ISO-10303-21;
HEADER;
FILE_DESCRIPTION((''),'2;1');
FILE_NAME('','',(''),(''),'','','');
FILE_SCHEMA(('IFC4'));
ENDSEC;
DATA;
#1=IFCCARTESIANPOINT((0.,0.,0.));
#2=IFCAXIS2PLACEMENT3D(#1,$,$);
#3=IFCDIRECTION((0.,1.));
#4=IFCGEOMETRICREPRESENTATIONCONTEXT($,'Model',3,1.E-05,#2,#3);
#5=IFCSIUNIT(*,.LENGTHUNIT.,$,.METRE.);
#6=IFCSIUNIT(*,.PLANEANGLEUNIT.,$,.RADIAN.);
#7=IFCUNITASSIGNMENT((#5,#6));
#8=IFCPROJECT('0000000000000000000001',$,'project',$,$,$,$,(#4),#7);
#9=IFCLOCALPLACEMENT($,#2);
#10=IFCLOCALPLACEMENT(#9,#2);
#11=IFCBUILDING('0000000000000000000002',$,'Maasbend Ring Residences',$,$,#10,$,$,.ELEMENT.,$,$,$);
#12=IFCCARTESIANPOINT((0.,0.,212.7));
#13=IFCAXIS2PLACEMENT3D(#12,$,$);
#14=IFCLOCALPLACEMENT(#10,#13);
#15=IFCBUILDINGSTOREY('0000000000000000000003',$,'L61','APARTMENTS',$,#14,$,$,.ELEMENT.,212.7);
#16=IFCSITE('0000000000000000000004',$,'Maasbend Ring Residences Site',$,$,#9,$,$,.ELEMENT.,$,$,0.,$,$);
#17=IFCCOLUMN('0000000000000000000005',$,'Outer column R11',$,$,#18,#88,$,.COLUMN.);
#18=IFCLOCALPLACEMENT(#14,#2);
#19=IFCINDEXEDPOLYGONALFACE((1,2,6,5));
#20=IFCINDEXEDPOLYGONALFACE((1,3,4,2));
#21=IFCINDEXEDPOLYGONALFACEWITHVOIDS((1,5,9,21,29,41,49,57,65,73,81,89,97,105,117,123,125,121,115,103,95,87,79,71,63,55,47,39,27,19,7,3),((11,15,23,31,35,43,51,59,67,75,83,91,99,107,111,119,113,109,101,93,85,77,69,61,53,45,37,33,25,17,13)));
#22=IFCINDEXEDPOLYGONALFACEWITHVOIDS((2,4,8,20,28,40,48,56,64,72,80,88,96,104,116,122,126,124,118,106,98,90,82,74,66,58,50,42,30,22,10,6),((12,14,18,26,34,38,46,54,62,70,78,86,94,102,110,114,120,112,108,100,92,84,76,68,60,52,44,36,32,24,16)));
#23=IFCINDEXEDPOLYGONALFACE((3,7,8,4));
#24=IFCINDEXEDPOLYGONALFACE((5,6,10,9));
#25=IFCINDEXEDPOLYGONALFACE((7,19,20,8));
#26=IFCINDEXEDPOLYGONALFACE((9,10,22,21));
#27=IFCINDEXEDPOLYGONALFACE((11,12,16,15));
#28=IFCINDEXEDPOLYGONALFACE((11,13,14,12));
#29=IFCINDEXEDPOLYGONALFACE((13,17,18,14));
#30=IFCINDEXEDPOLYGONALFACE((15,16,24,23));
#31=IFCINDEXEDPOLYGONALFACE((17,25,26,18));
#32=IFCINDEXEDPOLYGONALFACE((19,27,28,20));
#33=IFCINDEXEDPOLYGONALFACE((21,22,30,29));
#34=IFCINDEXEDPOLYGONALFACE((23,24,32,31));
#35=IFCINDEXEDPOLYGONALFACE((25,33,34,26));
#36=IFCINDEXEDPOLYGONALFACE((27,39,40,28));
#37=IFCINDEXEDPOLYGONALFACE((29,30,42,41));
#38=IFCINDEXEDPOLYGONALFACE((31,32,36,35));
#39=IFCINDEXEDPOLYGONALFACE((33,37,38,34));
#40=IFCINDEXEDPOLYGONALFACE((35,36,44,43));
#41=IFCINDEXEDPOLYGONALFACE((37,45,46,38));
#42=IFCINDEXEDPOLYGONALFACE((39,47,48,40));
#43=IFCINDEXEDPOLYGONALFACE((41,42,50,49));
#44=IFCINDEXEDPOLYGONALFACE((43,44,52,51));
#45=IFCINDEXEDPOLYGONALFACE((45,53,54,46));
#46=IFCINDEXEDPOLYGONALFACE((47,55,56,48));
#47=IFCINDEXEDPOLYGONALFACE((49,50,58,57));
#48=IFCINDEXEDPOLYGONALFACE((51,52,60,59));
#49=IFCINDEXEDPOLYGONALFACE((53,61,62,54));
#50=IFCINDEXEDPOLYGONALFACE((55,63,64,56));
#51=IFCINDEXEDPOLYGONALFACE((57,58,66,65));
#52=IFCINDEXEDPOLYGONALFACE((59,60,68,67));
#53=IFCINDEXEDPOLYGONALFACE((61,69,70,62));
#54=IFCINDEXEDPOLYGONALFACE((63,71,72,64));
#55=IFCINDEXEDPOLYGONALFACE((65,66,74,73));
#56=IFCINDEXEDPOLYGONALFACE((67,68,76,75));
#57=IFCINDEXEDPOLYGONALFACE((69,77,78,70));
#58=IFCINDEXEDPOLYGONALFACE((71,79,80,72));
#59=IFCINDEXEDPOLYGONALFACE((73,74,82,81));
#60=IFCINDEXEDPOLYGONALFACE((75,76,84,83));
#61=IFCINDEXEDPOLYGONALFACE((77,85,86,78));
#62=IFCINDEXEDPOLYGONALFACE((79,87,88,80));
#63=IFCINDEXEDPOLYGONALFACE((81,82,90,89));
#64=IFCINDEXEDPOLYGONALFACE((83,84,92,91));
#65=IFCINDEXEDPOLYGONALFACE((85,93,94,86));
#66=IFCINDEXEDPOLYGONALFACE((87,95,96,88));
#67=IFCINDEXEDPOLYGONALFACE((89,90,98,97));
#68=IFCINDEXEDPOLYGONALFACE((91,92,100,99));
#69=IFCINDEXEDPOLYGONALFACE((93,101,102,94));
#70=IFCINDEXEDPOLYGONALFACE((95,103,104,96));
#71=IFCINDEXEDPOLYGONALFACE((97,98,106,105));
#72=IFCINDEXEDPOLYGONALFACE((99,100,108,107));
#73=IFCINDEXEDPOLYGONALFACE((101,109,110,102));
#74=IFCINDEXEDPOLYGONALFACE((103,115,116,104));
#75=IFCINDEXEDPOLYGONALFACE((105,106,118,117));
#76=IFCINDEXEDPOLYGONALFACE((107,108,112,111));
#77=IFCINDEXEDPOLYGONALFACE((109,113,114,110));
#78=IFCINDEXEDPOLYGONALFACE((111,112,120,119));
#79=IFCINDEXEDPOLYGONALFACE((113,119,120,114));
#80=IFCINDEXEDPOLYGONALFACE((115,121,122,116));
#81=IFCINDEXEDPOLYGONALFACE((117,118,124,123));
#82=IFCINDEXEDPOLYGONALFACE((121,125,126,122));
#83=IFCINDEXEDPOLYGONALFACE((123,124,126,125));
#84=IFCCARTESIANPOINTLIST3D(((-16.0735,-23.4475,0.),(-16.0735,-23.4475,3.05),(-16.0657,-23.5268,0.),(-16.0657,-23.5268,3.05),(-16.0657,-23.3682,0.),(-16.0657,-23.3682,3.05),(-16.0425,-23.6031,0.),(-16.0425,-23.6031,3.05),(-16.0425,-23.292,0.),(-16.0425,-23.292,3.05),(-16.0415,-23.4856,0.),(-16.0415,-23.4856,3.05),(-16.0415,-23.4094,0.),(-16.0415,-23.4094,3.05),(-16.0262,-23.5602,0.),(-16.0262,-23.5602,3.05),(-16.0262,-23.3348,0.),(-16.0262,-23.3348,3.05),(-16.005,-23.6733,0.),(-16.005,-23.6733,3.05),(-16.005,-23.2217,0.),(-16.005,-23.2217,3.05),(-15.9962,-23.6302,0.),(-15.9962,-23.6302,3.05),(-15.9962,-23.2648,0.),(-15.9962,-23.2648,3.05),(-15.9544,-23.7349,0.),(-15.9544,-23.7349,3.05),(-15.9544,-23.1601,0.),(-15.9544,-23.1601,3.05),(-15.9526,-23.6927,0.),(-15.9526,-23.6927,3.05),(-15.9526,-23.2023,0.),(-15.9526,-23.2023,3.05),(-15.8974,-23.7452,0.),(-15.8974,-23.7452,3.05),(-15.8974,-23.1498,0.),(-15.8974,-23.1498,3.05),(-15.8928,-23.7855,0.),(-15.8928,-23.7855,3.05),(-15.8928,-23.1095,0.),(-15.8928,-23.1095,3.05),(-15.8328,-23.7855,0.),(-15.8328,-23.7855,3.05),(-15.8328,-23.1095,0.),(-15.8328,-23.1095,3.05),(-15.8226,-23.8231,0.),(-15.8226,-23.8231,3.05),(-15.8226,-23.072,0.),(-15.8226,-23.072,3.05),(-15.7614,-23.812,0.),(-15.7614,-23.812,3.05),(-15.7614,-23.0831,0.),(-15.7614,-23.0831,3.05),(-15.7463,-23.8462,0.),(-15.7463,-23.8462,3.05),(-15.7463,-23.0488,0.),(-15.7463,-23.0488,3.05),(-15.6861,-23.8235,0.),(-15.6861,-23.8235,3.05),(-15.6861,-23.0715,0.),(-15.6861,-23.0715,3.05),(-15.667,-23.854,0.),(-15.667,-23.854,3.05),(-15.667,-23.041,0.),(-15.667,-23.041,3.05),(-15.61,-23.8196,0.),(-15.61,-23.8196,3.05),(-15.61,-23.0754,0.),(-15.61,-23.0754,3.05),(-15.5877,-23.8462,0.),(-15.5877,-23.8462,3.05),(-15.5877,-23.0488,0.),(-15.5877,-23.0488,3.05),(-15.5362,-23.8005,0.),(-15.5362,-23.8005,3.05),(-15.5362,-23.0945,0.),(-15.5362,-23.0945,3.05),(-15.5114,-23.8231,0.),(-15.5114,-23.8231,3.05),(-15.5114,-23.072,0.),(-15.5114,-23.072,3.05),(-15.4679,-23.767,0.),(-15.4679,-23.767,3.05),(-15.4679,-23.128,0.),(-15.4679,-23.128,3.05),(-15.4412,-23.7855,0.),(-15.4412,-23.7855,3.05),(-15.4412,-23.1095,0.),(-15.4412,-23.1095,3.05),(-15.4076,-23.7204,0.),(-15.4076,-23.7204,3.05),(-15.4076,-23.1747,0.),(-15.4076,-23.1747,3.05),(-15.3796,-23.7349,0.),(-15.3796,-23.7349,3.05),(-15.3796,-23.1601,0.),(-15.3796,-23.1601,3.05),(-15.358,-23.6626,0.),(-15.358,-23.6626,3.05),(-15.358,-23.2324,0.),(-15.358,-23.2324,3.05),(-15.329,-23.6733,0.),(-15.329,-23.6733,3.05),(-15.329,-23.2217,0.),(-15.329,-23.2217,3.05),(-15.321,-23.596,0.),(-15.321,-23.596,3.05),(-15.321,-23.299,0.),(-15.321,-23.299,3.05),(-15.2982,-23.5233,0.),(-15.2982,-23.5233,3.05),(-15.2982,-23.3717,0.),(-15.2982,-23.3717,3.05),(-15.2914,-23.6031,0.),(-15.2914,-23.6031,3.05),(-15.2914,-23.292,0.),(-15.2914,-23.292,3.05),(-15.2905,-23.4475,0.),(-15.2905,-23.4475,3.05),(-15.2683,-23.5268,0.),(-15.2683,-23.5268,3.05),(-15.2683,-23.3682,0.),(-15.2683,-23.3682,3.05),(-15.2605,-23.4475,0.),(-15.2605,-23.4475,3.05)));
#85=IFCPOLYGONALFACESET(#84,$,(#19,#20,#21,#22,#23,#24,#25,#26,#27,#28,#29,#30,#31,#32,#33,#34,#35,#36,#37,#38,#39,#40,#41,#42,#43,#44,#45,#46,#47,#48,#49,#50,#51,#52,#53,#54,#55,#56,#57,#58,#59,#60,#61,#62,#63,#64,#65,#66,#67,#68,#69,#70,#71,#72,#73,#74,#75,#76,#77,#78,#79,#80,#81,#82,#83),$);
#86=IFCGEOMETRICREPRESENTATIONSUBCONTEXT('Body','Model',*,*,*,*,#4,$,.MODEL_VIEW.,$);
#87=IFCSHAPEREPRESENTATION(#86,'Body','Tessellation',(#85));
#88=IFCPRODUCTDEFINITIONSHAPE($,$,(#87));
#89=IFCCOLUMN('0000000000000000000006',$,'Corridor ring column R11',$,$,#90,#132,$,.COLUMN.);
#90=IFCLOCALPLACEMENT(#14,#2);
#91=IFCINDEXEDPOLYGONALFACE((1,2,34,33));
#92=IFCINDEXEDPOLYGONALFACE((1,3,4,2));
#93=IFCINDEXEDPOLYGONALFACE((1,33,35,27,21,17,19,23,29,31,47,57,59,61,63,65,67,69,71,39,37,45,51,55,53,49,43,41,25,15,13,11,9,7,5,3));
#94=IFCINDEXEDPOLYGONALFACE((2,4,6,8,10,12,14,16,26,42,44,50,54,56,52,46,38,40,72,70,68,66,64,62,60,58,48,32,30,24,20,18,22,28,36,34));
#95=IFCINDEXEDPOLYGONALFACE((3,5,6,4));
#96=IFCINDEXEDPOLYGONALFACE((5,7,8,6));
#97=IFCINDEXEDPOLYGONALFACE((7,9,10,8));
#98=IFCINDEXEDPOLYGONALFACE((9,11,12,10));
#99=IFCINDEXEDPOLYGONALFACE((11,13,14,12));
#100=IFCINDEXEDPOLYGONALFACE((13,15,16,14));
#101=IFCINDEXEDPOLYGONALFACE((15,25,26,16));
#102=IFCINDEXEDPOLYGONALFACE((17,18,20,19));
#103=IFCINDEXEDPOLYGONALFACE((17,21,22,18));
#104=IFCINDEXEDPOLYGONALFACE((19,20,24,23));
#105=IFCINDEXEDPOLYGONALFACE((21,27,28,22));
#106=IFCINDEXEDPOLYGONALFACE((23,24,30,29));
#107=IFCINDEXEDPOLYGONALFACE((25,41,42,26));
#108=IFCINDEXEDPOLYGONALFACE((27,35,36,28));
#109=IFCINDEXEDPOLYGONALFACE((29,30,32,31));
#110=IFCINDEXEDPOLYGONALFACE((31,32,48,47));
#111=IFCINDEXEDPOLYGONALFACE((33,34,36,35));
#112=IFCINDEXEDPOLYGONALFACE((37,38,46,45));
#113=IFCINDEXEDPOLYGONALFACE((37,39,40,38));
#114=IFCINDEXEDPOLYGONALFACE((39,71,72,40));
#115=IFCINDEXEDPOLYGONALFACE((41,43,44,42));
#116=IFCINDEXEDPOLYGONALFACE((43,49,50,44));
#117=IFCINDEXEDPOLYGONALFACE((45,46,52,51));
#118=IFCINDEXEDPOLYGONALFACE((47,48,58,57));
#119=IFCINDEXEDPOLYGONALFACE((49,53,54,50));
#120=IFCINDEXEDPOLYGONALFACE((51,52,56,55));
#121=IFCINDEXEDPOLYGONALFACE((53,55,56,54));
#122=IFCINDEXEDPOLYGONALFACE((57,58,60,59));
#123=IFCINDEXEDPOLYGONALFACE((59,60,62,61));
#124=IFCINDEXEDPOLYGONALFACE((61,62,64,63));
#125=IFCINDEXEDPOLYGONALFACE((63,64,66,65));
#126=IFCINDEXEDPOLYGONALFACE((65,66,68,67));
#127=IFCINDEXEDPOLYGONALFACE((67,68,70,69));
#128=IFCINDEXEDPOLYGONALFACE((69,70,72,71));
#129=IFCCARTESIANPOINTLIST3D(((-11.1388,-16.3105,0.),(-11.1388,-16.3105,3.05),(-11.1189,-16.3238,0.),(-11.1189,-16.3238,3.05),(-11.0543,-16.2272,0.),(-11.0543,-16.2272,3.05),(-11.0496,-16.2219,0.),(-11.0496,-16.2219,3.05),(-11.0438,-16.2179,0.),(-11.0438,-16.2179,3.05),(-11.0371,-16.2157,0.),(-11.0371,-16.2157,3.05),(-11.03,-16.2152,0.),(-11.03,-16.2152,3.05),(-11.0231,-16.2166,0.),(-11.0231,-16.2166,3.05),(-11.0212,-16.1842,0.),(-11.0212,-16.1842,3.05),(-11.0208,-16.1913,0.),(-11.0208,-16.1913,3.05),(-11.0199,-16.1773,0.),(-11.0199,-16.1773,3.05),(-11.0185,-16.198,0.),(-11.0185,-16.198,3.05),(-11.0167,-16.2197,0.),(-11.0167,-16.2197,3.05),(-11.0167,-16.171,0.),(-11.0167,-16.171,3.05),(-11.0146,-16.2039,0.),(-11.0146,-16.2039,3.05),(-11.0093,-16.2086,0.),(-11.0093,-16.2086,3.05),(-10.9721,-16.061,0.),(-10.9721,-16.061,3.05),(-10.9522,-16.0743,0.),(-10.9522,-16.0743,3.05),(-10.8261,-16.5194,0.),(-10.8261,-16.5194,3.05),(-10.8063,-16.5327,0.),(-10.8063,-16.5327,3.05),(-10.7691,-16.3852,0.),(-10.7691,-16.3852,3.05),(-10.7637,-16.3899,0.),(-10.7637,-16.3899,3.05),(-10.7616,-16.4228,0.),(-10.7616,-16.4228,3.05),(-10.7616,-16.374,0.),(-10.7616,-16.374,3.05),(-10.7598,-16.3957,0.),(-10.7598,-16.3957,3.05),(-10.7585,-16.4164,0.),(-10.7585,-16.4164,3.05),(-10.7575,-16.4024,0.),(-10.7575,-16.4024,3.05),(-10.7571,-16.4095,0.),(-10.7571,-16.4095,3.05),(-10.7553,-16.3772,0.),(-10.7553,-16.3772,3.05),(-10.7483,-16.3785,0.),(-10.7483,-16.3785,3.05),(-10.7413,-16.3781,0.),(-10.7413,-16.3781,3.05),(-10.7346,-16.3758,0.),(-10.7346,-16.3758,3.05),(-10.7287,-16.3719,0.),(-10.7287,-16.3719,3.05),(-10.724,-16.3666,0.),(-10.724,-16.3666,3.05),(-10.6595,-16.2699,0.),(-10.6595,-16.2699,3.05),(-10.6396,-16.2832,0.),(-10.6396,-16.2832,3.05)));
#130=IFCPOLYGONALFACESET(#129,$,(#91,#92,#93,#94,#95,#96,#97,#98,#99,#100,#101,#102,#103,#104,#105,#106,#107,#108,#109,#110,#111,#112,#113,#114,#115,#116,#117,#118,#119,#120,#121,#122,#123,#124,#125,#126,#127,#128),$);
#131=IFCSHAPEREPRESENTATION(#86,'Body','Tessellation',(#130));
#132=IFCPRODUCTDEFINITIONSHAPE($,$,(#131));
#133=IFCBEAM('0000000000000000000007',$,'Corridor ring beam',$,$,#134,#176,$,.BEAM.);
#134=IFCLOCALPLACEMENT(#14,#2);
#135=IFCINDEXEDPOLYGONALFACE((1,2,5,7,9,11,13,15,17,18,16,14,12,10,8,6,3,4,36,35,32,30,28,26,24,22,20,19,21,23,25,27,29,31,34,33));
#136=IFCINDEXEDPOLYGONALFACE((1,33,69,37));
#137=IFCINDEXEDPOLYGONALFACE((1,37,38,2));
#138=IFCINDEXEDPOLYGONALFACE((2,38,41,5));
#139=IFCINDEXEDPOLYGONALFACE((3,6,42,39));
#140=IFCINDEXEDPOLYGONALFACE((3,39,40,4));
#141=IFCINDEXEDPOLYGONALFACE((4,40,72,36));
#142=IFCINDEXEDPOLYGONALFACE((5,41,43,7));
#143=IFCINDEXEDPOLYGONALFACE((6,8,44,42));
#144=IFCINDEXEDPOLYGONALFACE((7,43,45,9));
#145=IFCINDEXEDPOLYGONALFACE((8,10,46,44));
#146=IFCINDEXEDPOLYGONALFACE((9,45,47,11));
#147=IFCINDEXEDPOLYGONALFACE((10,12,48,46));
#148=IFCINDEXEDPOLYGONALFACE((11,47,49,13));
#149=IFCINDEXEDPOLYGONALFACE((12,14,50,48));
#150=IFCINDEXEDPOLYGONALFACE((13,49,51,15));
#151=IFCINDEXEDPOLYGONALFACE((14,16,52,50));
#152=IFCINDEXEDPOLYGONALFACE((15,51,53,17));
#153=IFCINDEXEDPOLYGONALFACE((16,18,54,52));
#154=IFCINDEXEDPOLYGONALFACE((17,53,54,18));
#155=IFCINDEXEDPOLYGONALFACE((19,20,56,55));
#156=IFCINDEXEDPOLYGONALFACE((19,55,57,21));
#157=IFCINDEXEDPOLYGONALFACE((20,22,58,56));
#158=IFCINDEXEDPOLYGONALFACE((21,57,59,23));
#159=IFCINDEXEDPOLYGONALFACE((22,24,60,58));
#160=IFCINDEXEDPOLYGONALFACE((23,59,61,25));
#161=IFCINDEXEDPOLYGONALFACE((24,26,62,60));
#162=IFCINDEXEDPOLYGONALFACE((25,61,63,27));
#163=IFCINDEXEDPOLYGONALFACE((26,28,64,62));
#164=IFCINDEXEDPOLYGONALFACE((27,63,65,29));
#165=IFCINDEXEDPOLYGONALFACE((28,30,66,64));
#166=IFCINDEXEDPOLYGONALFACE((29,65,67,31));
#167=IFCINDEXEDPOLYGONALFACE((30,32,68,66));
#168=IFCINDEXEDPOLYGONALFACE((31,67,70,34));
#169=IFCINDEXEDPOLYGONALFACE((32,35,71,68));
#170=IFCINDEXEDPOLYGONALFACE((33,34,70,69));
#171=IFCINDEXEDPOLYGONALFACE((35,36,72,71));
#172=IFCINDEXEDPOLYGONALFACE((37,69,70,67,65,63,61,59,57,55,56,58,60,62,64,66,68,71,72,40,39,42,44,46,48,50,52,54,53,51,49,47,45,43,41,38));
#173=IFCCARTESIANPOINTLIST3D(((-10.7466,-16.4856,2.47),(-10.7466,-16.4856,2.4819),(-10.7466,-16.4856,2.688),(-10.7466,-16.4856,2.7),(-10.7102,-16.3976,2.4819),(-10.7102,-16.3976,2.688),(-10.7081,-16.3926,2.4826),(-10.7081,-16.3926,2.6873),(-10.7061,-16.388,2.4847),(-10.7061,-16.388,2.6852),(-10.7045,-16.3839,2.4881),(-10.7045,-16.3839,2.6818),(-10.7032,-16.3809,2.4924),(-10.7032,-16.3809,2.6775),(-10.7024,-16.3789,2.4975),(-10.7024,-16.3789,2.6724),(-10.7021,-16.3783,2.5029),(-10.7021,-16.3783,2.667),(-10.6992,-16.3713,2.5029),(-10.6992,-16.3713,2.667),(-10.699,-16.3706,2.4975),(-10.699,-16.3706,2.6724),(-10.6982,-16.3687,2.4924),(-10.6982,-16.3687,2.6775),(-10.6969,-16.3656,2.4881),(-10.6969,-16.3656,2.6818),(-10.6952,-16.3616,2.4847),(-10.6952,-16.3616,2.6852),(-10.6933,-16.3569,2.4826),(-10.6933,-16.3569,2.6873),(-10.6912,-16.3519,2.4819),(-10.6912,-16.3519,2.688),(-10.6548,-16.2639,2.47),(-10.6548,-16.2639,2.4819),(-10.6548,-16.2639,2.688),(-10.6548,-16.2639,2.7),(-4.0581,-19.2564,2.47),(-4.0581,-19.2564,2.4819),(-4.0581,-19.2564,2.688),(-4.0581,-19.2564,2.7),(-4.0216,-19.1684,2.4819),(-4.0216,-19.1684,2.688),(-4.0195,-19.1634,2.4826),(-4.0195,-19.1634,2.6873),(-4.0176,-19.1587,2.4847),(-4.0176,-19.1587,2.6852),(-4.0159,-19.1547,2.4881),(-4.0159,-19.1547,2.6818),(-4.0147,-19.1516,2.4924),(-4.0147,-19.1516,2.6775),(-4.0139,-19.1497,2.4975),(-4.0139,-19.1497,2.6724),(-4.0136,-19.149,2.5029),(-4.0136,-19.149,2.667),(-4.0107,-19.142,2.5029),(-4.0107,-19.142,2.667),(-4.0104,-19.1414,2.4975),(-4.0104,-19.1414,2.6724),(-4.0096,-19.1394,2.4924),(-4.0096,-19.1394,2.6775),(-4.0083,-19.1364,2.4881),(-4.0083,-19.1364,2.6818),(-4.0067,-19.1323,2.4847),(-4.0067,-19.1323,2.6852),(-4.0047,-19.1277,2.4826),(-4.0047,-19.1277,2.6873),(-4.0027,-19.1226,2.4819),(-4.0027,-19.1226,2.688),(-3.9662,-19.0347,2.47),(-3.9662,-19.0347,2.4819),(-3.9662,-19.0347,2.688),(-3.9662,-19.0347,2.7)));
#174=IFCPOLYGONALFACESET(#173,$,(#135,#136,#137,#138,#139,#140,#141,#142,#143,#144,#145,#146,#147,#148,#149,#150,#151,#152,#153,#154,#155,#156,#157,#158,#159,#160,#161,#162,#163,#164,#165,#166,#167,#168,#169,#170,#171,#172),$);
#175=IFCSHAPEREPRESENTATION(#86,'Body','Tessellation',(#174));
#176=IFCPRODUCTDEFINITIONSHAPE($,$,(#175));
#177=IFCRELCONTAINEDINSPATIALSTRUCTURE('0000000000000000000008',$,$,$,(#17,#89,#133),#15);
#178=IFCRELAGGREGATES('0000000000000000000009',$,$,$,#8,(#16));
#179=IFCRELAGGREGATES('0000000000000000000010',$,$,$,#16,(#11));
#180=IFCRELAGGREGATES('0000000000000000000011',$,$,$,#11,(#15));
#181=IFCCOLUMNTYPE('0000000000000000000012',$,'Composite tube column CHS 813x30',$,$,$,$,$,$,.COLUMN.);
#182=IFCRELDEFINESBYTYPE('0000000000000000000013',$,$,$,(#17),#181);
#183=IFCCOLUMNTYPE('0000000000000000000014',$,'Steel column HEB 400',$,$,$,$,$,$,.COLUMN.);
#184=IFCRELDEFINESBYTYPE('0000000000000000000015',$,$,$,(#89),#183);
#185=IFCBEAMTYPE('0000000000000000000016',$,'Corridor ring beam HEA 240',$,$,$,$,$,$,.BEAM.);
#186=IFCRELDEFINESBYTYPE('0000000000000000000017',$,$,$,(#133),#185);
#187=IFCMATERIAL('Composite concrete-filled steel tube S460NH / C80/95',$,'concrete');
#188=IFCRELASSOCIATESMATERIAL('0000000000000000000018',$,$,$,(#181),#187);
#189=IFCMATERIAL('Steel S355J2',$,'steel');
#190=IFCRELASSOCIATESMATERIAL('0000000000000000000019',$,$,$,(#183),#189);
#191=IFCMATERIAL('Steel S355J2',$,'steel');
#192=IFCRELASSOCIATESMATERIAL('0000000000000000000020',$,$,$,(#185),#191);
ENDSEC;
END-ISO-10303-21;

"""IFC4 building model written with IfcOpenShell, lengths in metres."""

from ifc_helpers import new_model, si_unit, direction, frame, origin, origin_2d, place, context, subcontext, project, spatial, hollow_circle, i_section, extrude, material, material_profile, profile_set, type_object, element, save


model = new_model("IFC4")

# Units and contexts
model_context = context("Model", 3, precision=1e-05, world=origin(), true_north=direction((0.0, 1.0)))
body_context = subcontext(model_context, "Body", "Model", "MODEL_VIEW")
ifc_project = project(units=[si_unit("LENGTHUNIT", "METRE"), si_unit("PLANEANGLEUNIT", "RADIAN")], contexts=[model_context])

# Site, building, storey
site_placement = place(None, origin())
site = spatial("IfcSite", under=ifc_project, at=site_placement, Name="Maasbend Ring Residences Site", CompositionType="ELEMENT", RefElevation=0.0)
building_placement = place(site_placement, origin())
building = spatial("IfcBuilding", under=site, at=building_placement, Name="Maasbend Ring Residences", CompositionType="ELEMENT")
storey_placement = place(building_placement, frame((0.0, 0.0, 212.7)))
storey = spatial("IfcBuildingStorey", under=building, at=storey_placement, Name="L61", Description="APARTMENTS", CompositionType="ELEMENT", Elevation=212.7)

# Columns
ifc_material_1 = material(Name="Composite concrete-filled steel tube S460NH / C80/95", Category="concrete")
ifc_material_profile_1 = material_profile(ifc_material_1, hollow_circle(Radius=0.4065, WallThickness=0.03, at=origin_2d()), Name="Composite tube column CHS 813x30")
ifc_profile_set_1 = profile_set([ifc_material_profile_1], Name="Composite concrete-filled steel tube S460NH / C80/95")
column_type_1 = type_object("IfcColumnType", Name="Composite tube column CHS 813x30", PredefinedType="COLUMN", material=ifc_profile_set_1)
column_1_placement = place(storey_placement, frame((-15.667, -23.4475, 0.0), z_axis=(0.0, 0.0, 1.0), x_axis=(1.0, 0.0, 0.0)))
element("IfcColumn", 1, at=column_1_placement, inside=storey, type_object=column_type_1, Name="Outer column R11", PredefinedType="COLUMN", context=body_context, shape_type="SweptSolid", body=[
    extrude(hollow_circle(Radius=0.4065, WallThickness=0.03, at=origin_2d()), origin(), (0.0, 0.0, 1.0), 3.05),
])
ifc_material_2 = material(Name="Steel S355J2", Category="steel")
ifc_material_profile_2 = material_profile(ifc_material_2, i_section(OverallWidth=0.3, OverallDepth=0.3999, WebThickness=0.0134, FlangeThickness=0.0239, FilletRadius=0.0271, at=origin_2d()), Name="HEB 400")
ifc_profile_set_2 = profile_set([ifc_material_profile_2], Name="Steel S355J2")
column_type_2 = type_object("IfcColumnType", Name="Steel column HEB 400", PredefinedType="COLUMN", material=ifc_profile_set_2)
column_2_placement = place(storey_placement, frame((-10.8892, -16.2969, 0.0), z_axis=(0.0, 0.0, 1.0), x_axis=(-0.55557, -0.83147, 0.0)))
element("IfcColumn", 2, at=column_2_placement, inside=storey, type_object=column_type_2, Name="Corridor ring column R11", PredefinedType="COLUMN", context=body_context, shape_type="SweptSolid", body=[
    extrude(i_section(OverallWidth=0.3, OverallDepth=0.3999, WebThickness=0.0134, FlangeThickness=0.0239, FilletRadius=0.0271, at=origin_2d()), origin(), (0.0, 0.0, 1.0), 3.05),
])

# Beam
ifc_material_3 = material(Name="Steel S355J2", Category="steel")
ifc_material_profile_3 = material_profile(ifc_material_3, i_section(OverallWidth=0.24, OverallDepth=0.23, WebThickness=0.0076, FlangeThickness=0.012, FilletRadius=0.021, at=origin_2d()), Name="HEA 240")
ifc_profile_set_3 = profile_set([ifc_material_profile_3], Name="Steel S355J2")
beam_type_1 = type_object("IfcBeamType", Name="Corridor ring beam HEA 240", PredefinedType="BEAM", material=ifc_profile_set_3)
beam_1_placement = place(storey_placement, frame((-10.7007, -16.3748, 2.585), z_axis=(0.923865, -0.382718, 0.0), x_axis=(0.382718, 0.923865, 0.0)))
element("IfcBeam", 3, at=beam_1_placement, inside=storey, type_object=beam_type_1, Name="Corridor ring beam", PredefinedType="BEAM", context=body_context, shape_type="SweptSolid", body=[
    extrude(i_section(OverallWidth=0.24, OverallDepth=0.23, WebThickness=0.0076, FlangeThickness=0.012, FilletRadius=0.021, at=origin_2d()), origin(), (0.0, 0.0, 1.0), 7.2397),
])

save(model, "model.ifc")
